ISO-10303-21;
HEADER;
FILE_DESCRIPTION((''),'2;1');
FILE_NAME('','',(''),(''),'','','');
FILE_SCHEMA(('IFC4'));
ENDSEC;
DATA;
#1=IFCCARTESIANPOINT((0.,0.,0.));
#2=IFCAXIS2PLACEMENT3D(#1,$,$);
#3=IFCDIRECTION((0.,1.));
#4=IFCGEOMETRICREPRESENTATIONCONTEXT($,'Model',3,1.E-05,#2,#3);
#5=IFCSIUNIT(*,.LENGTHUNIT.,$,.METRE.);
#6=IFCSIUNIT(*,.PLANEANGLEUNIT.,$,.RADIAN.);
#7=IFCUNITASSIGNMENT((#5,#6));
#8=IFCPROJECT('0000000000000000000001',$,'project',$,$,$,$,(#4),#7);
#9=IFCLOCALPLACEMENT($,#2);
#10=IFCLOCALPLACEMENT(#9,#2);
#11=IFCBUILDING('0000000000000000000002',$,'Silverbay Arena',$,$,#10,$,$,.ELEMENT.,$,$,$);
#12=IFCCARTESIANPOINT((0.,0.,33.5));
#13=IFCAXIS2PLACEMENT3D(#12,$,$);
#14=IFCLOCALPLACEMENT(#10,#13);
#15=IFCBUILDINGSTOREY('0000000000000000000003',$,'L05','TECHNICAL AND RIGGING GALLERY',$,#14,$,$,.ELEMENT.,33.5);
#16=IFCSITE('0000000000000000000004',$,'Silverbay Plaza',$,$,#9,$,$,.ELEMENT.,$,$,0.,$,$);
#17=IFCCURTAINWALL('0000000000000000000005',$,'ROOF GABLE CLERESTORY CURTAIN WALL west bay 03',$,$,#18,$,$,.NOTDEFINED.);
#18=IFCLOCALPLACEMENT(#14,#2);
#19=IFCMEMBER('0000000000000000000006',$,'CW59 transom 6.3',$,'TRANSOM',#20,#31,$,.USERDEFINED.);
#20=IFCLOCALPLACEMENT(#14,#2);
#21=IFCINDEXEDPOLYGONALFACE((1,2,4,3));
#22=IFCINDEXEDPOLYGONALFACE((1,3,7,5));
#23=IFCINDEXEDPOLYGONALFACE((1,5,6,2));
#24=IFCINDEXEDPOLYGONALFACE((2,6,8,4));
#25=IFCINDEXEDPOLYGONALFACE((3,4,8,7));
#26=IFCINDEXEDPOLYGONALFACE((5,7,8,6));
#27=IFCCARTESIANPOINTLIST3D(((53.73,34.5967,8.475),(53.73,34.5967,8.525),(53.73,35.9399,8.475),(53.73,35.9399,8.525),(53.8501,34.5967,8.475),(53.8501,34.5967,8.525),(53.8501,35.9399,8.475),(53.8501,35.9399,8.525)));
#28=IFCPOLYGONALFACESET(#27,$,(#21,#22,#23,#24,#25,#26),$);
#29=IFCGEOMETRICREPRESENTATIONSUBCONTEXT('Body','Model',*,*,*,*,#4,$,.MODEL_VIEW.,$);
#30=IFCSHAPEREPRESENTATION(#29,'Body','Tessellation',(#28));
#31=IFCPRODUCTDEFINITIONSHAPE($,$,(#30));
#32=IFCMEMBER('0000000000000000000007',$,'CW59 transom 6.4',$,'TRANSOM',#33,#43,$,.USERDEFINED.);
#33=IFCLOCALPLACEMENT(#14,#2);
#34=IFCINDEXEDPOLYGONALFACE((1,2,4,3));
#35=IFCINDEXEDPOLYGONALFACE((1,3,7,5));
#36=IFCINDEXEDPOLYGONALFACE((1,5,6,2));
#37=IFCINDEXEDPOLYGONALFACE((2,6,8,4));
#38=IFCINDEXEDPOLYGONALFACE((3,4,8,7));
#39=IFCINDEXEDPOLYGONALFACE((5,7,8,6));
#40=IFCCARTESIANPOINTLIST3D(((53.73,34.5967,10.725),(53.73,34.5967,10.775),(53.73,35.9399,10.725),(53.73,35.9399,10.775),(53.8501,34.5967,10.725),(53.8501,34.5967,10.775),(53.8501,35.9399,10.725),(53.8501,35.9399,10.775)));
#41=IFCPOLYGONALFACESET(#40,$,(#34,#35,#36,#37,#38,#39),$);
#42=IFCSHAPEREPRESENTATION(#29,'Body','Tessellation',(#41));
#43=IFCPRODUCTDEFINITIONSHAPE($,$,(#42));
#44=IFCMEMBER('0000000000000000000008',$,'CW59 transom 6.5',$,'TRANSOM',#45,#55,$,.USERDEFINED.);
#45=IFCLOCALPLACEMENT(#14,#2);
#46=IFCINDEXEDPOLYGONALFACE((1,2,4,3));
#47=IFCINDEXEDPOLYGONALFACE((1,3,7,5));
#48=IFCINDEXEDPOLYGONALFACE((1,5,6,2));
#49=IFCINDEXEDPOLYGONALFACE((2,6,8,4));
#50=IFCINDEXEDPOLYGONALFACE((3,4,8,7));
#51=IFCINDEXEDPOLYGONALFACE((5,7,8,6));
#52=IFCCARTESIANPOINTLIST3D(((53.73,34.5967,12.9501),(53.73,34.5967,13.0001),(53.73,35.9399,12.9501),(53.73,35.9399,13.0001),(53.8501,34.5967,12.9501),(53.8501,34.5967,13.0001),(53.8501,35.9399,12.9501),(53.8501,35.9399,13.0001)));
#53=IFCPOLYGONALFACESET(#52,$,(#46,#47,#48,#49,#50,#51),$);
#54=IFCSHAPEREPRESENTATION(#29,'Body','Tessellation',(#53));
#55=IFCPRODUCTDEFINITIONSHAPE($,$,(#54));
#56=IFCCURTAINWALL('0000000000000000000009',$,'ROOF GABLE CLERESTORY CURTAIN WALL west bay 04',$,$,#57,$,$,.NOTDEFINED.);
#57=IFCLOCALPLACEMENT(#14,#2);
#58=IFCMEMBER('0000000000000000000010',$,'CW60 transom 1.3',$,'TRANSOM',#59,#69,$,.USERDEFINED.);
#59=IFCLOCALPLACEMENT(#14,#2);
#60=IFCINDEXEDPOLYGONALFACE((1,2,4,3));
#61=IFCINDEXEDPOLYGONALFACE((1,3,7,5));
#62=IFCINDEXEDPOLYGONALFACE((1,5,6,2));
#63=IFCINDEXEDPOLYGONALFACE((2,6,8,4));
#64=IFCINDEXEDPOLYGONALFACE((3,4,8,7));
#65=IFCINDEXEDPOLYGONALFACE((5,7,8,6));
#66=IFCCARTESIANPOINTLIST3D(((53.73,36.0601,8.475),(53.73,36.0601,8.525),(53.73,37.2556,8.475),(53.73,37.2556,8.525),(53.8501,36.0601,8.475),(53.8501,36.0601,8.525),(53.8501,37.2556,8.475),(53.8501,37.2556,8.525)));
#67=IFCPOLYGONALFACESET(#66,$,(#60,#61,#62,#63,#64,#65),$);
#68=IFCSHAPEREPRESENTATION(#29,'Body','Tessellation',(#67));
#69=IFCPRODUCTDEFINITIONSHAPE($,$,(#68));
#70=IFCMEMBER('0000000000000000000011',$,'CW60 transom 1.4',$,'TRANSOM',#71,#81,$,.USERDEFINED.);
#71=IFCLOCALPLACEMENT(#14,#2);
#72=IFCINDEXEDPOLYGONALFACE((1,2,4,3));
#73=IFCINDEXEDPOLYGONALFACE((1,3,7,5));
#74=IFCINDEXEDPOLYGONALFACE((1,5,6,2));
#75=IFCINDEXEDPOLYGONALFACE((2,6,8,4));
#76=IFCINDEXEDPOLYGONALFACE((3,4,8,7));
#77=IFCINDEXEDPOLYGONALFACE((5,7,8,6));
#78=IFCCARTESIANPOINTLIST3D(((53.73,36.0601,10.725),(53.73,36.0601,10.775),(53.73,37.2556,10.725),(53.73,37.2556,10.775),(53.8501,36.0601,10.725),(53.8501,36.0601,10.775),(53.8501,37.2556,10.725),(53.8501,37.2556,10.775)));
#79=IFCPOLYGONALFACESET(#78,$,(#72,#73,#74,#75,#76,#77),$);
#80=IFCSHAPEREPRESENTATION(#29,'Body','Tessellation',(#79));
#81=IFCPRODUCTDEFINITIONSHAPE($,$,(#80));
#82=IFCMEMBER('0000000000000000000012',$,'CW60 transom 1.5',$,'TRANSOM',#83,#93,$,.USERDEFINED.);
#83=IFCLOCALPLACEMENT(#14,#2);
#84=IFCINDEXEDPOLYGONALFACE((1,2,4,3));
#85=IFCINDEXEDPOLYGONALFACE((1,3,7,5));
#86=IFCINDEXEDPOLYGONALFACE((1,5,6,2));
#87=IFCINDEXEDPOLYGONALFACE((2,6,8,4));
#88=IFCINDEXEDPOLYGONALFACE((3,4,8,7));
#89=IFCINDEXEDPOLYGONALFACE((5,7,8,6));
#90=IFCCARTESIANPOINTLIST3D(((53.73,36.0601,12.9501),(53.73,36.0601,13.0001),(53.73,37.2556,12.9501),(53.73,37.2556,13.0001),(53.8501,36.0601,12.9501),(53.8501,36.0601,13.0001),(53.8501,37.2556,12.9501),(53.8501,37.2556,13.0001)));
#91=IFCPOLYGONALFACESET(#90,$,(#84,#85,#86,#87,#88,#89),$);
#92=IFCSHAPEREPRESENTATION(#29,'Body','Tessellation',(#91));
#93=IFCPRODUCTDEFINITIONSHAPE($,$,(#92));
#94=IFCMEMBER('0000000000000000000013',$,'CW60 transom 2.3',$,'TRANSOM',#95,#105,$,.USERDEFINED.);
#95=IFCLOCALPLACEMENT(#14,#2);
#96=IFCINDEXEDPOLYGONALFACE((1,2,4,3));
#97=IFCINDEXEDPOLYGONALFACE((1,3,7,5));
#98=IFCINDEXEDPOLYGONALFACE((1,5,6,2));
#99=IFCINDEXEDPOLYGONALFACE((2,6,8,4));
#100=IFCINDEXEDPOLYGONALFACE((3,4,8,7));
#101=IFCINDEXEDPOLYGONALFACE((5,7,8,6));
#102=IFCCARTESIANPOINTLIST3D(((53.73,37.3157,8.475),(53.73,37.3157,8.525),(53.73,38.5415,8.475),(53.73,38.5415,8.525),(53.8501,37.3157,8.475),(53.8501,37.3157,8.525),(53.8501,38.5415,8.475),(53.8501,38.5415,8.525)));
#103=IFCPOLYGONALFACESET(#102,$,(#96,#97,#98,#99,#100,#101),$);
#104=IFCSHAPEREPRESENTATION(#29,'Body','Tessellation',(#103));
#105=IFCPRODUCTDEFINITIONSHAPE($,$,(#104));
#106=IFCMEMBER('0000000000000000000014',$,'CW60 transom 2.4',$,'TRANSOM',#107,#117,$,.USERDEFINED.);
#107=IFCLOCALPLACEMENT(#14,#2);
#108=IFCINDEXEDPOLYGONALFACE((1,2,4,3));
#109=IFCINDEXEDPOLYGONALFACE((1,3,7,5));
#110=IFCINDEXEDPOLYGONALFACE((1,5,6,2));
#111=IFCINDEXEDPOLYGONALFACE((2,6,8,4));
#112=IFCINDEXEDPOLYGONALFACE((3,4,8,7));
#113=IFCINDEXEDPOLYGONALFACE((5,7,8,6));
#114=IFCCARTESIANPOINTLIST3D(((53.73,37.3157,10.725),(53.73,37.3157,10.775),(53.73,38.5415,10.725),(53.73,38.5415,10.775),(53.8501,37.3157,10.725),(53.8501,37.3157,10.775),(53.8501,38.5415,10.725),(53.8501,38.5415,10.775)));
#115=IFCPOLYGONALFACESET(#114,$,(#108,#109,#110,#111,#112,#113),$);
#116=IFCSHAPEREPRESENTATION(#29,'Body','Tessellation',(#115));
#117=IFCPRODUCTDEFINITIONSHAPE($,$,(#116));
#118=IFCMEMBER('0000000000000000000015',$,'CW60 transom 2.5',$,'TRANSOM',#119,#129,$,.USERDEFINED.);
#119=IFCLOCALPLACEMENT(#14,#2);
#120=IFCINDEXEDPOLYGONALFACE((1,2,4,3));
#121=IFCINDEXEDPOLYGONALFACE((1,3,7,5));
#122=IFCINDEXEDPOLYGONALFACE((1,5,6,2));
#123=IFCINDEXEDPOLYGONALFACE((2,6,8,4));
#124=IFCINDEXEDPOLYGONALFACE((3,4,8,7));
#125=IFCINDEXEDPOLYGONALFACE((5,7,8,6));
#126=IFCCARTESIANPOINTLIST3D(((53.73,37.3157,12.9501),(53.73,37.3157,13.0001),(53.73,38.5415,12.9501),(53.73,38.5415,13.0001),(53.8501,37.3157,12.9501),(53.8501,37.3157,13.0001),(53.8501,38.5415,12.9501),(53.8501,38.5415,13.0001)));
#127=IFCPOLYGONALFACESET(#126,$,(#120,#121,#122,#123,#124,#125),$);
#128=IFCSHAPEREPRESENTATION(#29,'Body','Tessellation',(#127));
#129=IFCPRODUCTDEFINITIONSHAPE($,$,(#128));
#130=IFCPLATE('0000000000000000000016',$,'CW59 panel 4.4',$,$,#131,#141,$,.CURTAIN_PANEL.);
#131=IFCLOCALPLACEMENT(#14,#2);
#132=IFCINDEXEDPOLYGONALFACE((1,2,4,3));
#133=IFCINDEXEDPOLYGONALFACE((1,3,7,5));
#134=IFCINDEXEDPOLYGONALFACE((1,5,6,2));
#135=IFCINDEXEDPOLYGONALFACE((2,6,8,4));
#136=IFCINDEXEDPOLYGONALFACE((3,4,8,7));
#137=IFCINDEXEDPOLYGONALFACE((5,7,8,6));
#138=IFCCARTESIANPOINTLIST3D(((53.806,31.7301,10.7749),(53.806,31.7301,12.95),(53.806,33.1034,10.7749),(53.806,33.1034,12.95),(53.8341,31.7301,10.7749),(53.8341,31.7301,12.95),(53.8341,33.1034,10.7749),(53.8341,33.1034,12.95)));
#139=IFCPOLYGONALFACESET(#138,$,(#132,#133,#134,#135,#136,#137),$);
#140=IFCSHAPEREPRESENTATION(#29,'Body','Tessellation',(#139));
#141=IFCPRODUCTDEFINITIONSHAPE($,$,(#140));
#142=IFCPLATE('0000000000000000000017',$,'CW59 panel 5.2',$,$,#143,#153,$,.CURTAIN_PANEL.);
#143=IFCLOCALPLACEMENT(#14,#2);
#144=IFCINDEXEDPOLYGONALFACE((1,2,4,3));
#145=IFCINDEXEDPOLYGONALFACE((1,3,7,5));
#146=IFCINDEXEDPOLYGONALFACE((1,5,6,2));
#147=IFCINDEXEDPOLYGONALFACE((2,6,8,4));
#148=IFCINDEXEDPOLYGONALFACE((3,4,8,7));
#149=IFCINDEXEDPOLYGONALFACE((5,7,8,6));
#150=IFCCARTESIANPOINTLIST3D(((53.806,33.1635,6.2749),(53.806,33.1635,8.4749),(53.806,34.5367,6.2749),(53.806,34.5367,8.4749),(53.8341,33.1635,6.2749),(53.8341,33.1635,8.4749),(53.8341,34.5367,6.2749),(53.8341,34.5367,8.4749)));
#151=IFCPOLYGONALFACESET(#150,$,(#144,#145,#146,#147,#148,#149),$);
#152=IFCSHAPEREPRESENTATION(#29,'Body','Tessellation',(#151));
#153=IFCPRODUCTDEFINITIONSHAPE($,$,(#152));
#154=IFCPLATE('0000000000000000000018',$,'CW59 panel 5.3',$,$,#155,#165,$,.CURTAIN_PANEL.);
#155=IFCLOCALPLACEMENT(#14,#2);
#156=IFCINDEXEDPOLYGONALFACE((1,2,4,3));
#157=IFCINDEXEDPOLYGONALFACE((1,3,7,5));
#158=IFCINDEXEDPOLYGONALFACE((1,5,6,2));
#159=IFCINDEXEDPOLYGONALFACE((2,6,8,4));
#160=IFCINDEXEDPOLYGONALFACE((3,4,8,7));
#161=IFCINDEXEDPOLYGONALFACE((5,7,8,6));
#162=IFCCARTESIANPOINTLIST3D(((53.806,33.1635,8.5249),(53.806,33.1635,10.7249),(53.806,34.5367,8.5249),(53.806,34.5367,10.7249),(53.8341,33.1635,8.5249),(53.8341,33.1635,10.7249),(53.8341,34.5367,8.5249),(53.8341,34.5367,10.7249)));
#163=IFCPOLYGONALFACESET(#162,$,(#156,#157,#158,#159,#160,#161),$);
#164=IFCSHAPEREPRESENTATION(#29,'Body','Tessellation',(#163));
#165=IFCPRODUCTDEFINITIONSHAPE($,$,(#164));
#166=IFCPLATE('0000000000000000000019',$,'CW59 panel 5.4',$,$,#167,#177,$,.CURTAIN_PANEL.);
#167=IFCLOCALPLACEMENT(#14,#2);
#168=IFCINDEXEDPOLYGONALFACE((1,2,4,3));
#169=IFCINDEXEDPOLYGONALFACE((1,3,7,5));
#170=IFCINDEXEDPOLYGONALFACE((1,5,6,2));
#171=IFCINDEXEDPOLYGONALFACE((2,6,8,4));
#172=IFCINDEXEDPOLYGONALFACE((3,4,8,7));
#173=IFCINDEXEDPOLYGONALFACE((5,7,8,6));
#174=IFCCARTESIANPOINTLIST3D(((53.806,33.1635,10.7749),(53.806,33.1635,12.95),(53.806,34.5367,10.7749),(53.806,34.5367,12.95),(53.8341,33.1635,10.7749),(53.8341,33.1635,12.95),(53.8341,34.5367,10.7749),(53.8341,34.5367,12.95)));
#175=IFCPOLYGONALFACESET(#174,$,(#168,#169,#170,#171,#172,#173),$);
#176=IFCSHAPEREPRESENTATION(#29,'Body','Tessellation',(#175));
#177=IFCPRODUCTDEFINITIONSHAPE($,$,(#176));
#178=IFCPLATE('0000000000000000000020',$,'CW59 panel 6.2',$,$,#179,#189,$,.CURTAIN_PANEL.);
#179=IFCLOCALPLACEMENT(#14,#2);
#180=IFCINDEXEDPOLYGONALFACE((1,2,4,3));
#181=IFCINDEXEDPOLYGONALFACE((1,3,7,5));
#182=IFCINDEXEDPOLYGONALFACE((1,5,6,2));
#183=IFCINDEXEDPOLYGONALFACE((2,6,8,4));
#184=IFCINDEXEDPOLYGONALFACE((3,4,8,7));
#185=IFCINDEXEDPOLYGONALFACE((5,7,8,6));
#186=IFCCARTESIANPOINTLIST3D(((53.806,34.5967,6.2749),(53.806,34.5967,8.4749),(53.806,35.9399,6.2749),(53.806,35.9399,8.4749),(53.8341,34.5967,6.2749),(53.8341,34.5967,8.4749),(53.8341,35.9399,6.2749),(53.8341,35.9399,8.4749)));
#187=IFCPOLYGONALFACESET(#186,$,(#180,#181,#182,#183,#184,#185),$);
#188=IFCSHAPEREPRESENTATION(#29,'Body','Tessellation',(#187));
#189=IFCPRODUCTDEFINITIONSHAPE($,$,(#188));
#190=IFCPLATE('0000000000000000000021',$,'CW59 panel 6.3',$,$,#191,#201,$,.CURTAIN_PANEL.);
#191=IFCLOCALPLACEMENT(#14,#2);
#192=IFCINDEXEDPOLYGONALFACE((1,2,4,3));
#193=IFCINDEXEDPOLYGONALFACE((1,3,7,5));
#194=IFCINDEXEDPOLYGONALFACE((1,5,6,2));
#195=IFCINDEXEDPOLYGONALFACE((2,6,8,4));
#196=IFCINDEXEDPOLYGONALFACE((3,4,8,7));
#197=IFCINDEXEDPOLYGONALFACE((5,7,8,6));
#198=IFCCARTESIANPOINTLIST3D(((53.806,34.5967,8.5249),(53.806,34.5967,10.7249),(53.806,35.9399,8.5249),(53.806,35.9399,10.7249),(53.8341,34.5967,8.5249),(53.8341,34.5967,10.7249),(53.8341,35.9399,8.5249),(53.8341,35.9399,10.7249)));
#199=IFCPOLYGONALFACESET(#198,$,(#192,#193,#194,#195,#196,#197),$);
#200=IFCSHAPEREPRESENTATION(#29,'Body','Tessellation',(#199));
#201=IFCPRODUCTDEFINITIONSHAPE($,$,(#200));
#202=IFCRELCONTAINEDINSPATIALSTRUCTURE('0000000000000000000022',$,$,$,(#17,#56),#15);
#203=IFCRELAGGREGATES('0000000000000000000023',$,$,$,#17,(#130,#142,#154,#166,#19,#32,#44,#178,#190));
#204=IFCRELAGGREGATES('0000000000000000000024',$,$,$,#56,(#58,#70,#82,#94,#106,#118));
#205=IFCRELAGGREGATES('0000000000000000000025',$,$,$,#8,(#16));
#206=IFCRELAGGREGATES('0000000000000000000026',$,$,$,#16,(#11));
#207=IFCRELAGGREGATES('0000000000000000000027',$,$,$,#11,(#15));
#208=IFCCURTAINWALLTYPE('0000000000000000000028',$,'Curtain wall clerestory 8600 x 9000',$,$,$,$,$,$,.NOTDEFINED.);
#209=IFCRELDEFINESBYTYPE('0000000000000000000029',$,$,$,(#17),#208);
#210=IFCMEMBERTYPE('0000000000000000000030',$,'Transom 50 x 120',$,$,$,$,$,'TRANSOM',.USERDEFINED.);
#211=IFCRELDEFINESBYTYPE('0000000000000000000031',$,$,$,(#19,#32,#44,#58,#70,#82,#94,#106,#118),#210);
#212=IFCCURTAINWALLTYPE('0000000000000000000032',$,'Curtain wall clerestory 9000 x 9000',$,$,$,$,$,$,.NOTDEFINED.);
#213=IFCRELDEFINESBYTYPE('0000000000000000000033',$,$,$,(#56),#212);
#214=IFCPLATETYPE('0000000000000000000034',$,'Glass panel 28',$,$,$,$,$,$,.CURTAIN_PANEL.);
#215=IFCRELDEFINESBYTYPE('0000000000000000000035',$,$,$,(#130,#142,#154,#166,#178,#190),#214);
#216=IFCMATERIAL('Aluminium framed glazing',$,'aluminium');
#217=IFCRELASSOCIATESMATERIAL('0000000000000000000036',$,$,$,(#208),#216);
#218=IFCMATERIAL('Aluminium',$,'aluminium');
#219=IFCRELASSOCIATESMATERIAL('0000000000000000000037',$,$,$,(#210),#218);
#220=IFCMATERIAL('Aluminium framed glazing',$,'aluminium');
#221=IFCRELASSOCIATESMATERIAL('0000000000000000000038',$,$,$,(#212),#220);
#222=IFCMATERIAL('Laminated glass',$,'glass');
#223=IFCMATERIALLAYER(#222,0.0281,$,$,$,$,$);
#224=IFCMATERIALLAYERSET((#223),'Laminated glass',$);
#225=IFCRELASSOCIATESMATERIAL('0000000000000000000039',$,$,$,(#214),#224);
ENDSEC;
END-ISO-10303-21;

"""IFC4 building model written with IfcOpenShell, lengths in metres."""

from ifc_helpers import new_model, si_unit, direction, frame, origin, origin_2d, place, context, subcontext, project, spatial, rectangle, extrude, material, layer, layer_set, material_profile, profile_set, type_object, element, aggregate, save


model = new_model("IFC4")

# Units and contexts
model_context = context("Model", 3, precision=1e-05, world=origin(), true_north=direction((0.0, 1.0)))
body_context = subcontext(model_context, "Body", "Model", "MODEL_VIEW")
ifc_project = project(units=[si_unit("LENGTHUNIT", "METRE"), si_unit("PLANEANGLEUNIT", "RADIAN")], contexts=[model_context])

# Site, building, storey
site_placement = place(None, origin())
site = spatial("IfcSite", under=ifc_project, at=site_placement, Name="Silverbay Plaza", CompositionType="ELEMENT", RefElevation=0.0)
building_placement = place(site_placement, origin())
building = spatial("IfcBuilding", under=site, at=building_placement, Name="Silverbay Arena", CompositionType="ELEMENT")
storey_placement = place(building_placement, frame((0.0, 0.0, 33.5)))
storey = spatial("IfcBuildingStorey", under=building, at=storey_placement, Name="L05", Description="TECHNICAL AND RIGGING GALLERY", CompositionType="ELEMENT", Elevation=33.5)

# Curtain walls, members
ifc_material_1 = material(Name="Aluminium framed glazing", Category="aluminium")
curtain_wall_type_1 = type_object("IfcCurtainWallType", Name="Curtain wall clerestory 8600 x 9000", PredefinedType="NOTDEFINED", material=ifc_material_1)
curtain_wall_1_placement = place(storey_placement, origin())
curtain_wall_1 = element("IfcCurtainWall", 1, at=curtain_wall_1_placement, inside=storey, type_object=curtain_wall_type_1, Name="ROOF GABLE CLERESTORY CURTAIN WALL west bay 03", PredefinedType="NOTDEFINED")
ifc_material_2 = material(Name="Aluminium", Category="aluminium")
ifc_material_profile_1 = material_profile(ifc_material_2, rectangle(XDim=0.1201, YDim=0.05, at=origin_2d()), Name="Transom 50 x 120")
ifc_profile_set_1 = profile_set([ifc_material_profile_1], Name="Aluminium")
member_type_1 = type_object("IfcMemberType", Name="Transom 50 x 120", ElementType="TRANSOM", PredefinedType="USERDEFINED", material=ifc_profile_set_1)
member_1_placement = place(storey_placement, frame((53.79, 34.5967, 8.5), z_axis=(0.0, 1.0, 0.0), x_axis=(-1.0, 0.0, 0.0)))
member_1 = element("IfcMember", 2, at=member_1_placement, type_object=member_type_1, Name="CW59 transom 6.3", ObjectType="TRANSOM", PredefinedType="USERDEFINED", context=body_context, shape_type="SweptSolid", body=[
    extrude(rectangle(XDim=0.1201, YDim=0.05, at=origin_2d()), origin(), (0.0, 0.0, 1.0), 1.3433),
])
member_2_placement = place(storey_placement, frame((53.79, 34.5967, 10.75), z_axis=(0.0, 1.0, 0.0), x_axis=(-1.0, 0.0, 0.0)))
member_2 = element("IfcMember", 3, at=member_2_placement, type_object=member_type_1, Name="CW59 transom 6.4", ObjectType="TRANSOM", PredefinedType="USERDEFINED", context=body_context, shape_type="SweptSolid", body=[
    extrude(rectangle(XDim=0.1201, YDim=0.05, at=origin_2d()), origin(), (0.0, 0.0, 1.0), 1.3433),
])
member_3_placement = place(storey_placement, frame((53.79, 34.5967, 12.9751), z_axis=(0.0, 1.0, 0.0), x_axis=(-1.0, 0.0, 0.0)))
member_3 = element("IfcMember", 4, at=member_3_placement, type_object=member_type_1, Name="CW59 transom 6.5", ObjectType="TRANSOM", PredefinedType="USERDEFINED", context=body_context, shape_type="SweptSolid", body=[
    extrude(rectangle(XDim=0.1201, YDim=0.05, at=origin_2d()), origin(), (0.0, 0.0, 1.0), 1.3433),
])
ifc_material_3 = material(Name="Aluminium framed glazing", Category="aluminium")
curtain_wall_type_2 = type_object("IfcCurtainWallType", Name="Curtain wall clerestory 9000 x 9000", PredefinedType="NOTDEFINED", material=ifc_material_3)
curtain_wall_2_placement = place(storey_placement, origin())
curtain_wall_2 = element("IfcCurtainWall", 5, at=curtain_wall_2_placement, inside=storey, type_object=curtain_wall_type_2, Name="ROOF GABLE CLERESTORY CURTAIN WALL west bay 04", PredefinedType="NOTDEFINED")
member_4_placement = place(storey_placement, frame((53.79, 36.0601, 8.5), z_axis=(0.0, 1.0, 0.0), x_axis=(-1.0, 0.0, 0.0)))
member_4 = element("IfcMember", 6, at=member_4_placement, type_object=member_type_1, Name="CW60 transom 1.3", ObjectType="TRANSOM", PredefinedType="USERDEFINED", context=body_context, shape_type="SweptSolid", body=[
    extrude(rectangle(XDim=0.1201, YDim=0.05, at=origin_2d()), origin(), (0.0, 0.0, 1.0), 1.1956),
])
member_5_placement = place(storey_placement, frame((53.79, 36.0601, 10.75), z_axis=(0.0, 1.0, 0.0), x_axis=(-1.0, 0.0, 0.0)))
member_5 = element("IfcMember", 7, at=member_5_placement, type_object=member_type_1, Name="CW60 transom 1.4", ObjectType="TRANSOM", PredefinedType="USERDEFINED", context=body_context, shape_type="SweptSolid", body=[
    extrude(rectangle(XDim=0.1201, YDim=0.05, at=origin_2d()), origin(), (0.0, 0.0, 1.0), 1.1956),
])
member_6_placement = place(storey_placement, frame((53.79, 36.0601, 12.9751), z_axis=(0.0, 1.0, 0.0), x_axis=(-1.0, 0.0, 0.0)))
member_6 = element("IfcMember", 8, at=member_6_placement, type_object=member_type_1, Name="CW60 transom 1.5", ObjectType="TRANSOM", PredefinedType="USERDEFINED", context=body_context, shape_type="SweptSolid", body=[
    extrude(rectangle(XDim=0.1201, YDim=0.05, at=origin_2d()), origin(), (0.0, 0.0, 1.0), 1.1956),
])
member_7_placement = place(storey_placement, frame((53.79, 37.3157, 8.5), z_axis=(0.0, 1.0, 0.0), x_axis=(-1.0, 0.0, 0.0)))
member_7 = element("IfcMember", 9, at=member_7_placement, type_object=member_type_1, Name="CW60 transom 2.3", ObjectType="TRANSOM", PredefinedType="USERDEFINED", context=body_context, shape_type="SweptSolid", body=[
    extrude(rectangle(XDim=0.1201, YDim=0.05, at=origin_2d()), origin(), (0.0, 0.0, 1.0), 1.2258),
])
member_8_placement = place(storey_placement, frame((53.79, 37.3157, 10.75), z_axis=(0.0, 1.0, 0.0), x_axis=(-1.0, 0.0, 0.0)))
member_8 = element("IfcMember", 10, at=member_8_placement, type_object=member_type_1, Name="CW60 transom 2.4", ObjectType="TRANSOM", PredefinedType="USERDEFINED", context=body_context, shape_type="SweptSolid", body=[
    extrude(rectangle(XDim=0.1201, YDim=0.05, at=origin_2d()), origin(), (0.0, 0.0, 1.0), 1.2258),
])
member_9_placement = place(storey_placement, frame((53.79, 37.3157, 12.9751), z_axis=(0.0, 1.0, 0.0), x_axis=(-1.0, 0.0, 0.0)))
member_9 = element("IfcMember", 11, at=member_9_placement, type_object=member_type_1, Name="CW60 transom 2.5", ObjectType="TRANSOM", PredefinedType="USERDEFINED", context=body_context, shape_type="SweptSolid", body=[
    extrude(rectangle(XDim=0.1201, YDim=0.05, at=origin_2d()), origin(), (0.0, 0.0, 1.0), 1.2258),
])

# Plates
ifc_material_4 = material(Name="Laminated glass", Category="glass")
ifc_layer = layer(ifc_material_4, 0.0281)
ifc_layer_set = layer_set([ifc_layer], Name="Laminated glass")
plate_type = type_object("IfcPlateType", Name="Glass panel 28", PredefinedType="CURTAIN_PANEL", material=ifc_layer_set)
plate_1_placement = place(storey_placement, frame((53.8201, 32.4167, 10.7749), z_axis=(0.0, 0.0, 1.0), x_axis=(0.0, 1.0, 0.0)))
plate_1 = element("IfcPlate", 12, at=plate_1_placement, type_object=plate_type, Name="CW59 panel 4.4", PredefinedType="CURTAIN_PANEL", context=body_context, shape_type="SweptSolid", body=[
    extrude(rectangle(XDim=1.3733, YDim=0.0281, at=origin_2d()), origin(), (0.0, 0.0, 1.0), 2.175),
])
plate_2_placement = place(storey_placement, frame((53.8201, 33.8501, 6.2749), z_axis=(0.0, 0.0, 1.0), x_axis=(0.0, 1.0, 0.0)))
plate_2 = element("IfcPlate", 13, at=plate_2_placement, type_object=plate_type, Name="CW59 panel 5.2", PredefinedType="CURTAIN_PANEL", context=body_context, shape_type="SweptSolid", body=[
    extrude(rectangle(XDim=1.3733, YDim=0.0281, at=origin_2d()), origin(), (0.0, 0.0, 1.0), 2.2),
])
plate_3_placement = place(storey_placement, frame((53.8201, 33.8501, 8.5249), z_axis=(0.0, 0.0, 1.0), x_axis=(0.0, 1.0, 0.0)))
plate_3 = element("IfcPlate", 14, at=plate_3_placement, type_object=plate_type, Name="CW59 panel 5.3", PredefinedType="CURTAIN_PANEL", context=body_context, shape_type="SweptSolid", body=[
    extrude(rectangle(XDim=1.3733, YDim=0.0281, at=origin_2d()), origin(), (0.0, 0.0, 1.0), 2.2),
])
plate_4_placement = place(storey_placement, frame((53.8201, 33.8501, 10.7749), z_axis=(0.0, 0.0, 1.0), x_axis=(0.0, 1.0, 0.0)))
plate_4 = element("IfcPlate", 15, at=plate_4_placement, type_object=plate_type, Name="CW59 panel 5.4", PredefinedType="CURTAIN_PANEL", context=body_context, shape_type="SweptSolid", body=[
    extrude(rectangle(XDim=1.3733, YDim=0.0281, at=origin_2d()), origin(), (0.0, 0.0, 1.0), 2.175),
])
plate_5_placement = place(storey_placement, frame((53.8201, 35.2683, 6.2749), z_axis=(0.0, 0.0, 1.0), x_axis=(0.0, 1.0, 0.0)))
plate_5 = element("IfcPlate", 16, at=plate_5_placement, type_object=plate_type, Name="CW59 panel 6.2", PredefinedType="CURTAIN_PANEL", context=body_context, shape_type="SweptSolid", body=[
    extrude(rectangle(XDim=1.3433, YDim=0.0281, at=origin_2d()), origin(), (0.0, 0.0, 1.0), 2.2),
])
plate_6_placement = place(storey_placement, frame((53.8201, 35.2683, 8.5249), z_axis=(0.0, 0.0, 1.0), x_axis=(0.0, 1.0, 0.0)))
plate_6 = element("IfcPlate", 17, at=plate_6_placement, type_object=plate_type, Name="CW59 panel 6.3", PredefinedType="CURTAIN_PANEL", context=body_context, shape_type="SweptSolid", body=[
    extrude(rectangle(XDim=1.3433, YDim=0.0281, at=origin_2d()), origin(), (0.0, 0.0, 1.0), 2.2),
])
aggregate(curtain_wall_1, [plate_1, plate_2, plate_3, plate_4, member_1, member_2, member_3, plate_5, plate_6])
aggregate(curtain_wall_2, [member_4, member_5, member_6, member_7, member_8, member_9])

save(model, "model.ifc")
